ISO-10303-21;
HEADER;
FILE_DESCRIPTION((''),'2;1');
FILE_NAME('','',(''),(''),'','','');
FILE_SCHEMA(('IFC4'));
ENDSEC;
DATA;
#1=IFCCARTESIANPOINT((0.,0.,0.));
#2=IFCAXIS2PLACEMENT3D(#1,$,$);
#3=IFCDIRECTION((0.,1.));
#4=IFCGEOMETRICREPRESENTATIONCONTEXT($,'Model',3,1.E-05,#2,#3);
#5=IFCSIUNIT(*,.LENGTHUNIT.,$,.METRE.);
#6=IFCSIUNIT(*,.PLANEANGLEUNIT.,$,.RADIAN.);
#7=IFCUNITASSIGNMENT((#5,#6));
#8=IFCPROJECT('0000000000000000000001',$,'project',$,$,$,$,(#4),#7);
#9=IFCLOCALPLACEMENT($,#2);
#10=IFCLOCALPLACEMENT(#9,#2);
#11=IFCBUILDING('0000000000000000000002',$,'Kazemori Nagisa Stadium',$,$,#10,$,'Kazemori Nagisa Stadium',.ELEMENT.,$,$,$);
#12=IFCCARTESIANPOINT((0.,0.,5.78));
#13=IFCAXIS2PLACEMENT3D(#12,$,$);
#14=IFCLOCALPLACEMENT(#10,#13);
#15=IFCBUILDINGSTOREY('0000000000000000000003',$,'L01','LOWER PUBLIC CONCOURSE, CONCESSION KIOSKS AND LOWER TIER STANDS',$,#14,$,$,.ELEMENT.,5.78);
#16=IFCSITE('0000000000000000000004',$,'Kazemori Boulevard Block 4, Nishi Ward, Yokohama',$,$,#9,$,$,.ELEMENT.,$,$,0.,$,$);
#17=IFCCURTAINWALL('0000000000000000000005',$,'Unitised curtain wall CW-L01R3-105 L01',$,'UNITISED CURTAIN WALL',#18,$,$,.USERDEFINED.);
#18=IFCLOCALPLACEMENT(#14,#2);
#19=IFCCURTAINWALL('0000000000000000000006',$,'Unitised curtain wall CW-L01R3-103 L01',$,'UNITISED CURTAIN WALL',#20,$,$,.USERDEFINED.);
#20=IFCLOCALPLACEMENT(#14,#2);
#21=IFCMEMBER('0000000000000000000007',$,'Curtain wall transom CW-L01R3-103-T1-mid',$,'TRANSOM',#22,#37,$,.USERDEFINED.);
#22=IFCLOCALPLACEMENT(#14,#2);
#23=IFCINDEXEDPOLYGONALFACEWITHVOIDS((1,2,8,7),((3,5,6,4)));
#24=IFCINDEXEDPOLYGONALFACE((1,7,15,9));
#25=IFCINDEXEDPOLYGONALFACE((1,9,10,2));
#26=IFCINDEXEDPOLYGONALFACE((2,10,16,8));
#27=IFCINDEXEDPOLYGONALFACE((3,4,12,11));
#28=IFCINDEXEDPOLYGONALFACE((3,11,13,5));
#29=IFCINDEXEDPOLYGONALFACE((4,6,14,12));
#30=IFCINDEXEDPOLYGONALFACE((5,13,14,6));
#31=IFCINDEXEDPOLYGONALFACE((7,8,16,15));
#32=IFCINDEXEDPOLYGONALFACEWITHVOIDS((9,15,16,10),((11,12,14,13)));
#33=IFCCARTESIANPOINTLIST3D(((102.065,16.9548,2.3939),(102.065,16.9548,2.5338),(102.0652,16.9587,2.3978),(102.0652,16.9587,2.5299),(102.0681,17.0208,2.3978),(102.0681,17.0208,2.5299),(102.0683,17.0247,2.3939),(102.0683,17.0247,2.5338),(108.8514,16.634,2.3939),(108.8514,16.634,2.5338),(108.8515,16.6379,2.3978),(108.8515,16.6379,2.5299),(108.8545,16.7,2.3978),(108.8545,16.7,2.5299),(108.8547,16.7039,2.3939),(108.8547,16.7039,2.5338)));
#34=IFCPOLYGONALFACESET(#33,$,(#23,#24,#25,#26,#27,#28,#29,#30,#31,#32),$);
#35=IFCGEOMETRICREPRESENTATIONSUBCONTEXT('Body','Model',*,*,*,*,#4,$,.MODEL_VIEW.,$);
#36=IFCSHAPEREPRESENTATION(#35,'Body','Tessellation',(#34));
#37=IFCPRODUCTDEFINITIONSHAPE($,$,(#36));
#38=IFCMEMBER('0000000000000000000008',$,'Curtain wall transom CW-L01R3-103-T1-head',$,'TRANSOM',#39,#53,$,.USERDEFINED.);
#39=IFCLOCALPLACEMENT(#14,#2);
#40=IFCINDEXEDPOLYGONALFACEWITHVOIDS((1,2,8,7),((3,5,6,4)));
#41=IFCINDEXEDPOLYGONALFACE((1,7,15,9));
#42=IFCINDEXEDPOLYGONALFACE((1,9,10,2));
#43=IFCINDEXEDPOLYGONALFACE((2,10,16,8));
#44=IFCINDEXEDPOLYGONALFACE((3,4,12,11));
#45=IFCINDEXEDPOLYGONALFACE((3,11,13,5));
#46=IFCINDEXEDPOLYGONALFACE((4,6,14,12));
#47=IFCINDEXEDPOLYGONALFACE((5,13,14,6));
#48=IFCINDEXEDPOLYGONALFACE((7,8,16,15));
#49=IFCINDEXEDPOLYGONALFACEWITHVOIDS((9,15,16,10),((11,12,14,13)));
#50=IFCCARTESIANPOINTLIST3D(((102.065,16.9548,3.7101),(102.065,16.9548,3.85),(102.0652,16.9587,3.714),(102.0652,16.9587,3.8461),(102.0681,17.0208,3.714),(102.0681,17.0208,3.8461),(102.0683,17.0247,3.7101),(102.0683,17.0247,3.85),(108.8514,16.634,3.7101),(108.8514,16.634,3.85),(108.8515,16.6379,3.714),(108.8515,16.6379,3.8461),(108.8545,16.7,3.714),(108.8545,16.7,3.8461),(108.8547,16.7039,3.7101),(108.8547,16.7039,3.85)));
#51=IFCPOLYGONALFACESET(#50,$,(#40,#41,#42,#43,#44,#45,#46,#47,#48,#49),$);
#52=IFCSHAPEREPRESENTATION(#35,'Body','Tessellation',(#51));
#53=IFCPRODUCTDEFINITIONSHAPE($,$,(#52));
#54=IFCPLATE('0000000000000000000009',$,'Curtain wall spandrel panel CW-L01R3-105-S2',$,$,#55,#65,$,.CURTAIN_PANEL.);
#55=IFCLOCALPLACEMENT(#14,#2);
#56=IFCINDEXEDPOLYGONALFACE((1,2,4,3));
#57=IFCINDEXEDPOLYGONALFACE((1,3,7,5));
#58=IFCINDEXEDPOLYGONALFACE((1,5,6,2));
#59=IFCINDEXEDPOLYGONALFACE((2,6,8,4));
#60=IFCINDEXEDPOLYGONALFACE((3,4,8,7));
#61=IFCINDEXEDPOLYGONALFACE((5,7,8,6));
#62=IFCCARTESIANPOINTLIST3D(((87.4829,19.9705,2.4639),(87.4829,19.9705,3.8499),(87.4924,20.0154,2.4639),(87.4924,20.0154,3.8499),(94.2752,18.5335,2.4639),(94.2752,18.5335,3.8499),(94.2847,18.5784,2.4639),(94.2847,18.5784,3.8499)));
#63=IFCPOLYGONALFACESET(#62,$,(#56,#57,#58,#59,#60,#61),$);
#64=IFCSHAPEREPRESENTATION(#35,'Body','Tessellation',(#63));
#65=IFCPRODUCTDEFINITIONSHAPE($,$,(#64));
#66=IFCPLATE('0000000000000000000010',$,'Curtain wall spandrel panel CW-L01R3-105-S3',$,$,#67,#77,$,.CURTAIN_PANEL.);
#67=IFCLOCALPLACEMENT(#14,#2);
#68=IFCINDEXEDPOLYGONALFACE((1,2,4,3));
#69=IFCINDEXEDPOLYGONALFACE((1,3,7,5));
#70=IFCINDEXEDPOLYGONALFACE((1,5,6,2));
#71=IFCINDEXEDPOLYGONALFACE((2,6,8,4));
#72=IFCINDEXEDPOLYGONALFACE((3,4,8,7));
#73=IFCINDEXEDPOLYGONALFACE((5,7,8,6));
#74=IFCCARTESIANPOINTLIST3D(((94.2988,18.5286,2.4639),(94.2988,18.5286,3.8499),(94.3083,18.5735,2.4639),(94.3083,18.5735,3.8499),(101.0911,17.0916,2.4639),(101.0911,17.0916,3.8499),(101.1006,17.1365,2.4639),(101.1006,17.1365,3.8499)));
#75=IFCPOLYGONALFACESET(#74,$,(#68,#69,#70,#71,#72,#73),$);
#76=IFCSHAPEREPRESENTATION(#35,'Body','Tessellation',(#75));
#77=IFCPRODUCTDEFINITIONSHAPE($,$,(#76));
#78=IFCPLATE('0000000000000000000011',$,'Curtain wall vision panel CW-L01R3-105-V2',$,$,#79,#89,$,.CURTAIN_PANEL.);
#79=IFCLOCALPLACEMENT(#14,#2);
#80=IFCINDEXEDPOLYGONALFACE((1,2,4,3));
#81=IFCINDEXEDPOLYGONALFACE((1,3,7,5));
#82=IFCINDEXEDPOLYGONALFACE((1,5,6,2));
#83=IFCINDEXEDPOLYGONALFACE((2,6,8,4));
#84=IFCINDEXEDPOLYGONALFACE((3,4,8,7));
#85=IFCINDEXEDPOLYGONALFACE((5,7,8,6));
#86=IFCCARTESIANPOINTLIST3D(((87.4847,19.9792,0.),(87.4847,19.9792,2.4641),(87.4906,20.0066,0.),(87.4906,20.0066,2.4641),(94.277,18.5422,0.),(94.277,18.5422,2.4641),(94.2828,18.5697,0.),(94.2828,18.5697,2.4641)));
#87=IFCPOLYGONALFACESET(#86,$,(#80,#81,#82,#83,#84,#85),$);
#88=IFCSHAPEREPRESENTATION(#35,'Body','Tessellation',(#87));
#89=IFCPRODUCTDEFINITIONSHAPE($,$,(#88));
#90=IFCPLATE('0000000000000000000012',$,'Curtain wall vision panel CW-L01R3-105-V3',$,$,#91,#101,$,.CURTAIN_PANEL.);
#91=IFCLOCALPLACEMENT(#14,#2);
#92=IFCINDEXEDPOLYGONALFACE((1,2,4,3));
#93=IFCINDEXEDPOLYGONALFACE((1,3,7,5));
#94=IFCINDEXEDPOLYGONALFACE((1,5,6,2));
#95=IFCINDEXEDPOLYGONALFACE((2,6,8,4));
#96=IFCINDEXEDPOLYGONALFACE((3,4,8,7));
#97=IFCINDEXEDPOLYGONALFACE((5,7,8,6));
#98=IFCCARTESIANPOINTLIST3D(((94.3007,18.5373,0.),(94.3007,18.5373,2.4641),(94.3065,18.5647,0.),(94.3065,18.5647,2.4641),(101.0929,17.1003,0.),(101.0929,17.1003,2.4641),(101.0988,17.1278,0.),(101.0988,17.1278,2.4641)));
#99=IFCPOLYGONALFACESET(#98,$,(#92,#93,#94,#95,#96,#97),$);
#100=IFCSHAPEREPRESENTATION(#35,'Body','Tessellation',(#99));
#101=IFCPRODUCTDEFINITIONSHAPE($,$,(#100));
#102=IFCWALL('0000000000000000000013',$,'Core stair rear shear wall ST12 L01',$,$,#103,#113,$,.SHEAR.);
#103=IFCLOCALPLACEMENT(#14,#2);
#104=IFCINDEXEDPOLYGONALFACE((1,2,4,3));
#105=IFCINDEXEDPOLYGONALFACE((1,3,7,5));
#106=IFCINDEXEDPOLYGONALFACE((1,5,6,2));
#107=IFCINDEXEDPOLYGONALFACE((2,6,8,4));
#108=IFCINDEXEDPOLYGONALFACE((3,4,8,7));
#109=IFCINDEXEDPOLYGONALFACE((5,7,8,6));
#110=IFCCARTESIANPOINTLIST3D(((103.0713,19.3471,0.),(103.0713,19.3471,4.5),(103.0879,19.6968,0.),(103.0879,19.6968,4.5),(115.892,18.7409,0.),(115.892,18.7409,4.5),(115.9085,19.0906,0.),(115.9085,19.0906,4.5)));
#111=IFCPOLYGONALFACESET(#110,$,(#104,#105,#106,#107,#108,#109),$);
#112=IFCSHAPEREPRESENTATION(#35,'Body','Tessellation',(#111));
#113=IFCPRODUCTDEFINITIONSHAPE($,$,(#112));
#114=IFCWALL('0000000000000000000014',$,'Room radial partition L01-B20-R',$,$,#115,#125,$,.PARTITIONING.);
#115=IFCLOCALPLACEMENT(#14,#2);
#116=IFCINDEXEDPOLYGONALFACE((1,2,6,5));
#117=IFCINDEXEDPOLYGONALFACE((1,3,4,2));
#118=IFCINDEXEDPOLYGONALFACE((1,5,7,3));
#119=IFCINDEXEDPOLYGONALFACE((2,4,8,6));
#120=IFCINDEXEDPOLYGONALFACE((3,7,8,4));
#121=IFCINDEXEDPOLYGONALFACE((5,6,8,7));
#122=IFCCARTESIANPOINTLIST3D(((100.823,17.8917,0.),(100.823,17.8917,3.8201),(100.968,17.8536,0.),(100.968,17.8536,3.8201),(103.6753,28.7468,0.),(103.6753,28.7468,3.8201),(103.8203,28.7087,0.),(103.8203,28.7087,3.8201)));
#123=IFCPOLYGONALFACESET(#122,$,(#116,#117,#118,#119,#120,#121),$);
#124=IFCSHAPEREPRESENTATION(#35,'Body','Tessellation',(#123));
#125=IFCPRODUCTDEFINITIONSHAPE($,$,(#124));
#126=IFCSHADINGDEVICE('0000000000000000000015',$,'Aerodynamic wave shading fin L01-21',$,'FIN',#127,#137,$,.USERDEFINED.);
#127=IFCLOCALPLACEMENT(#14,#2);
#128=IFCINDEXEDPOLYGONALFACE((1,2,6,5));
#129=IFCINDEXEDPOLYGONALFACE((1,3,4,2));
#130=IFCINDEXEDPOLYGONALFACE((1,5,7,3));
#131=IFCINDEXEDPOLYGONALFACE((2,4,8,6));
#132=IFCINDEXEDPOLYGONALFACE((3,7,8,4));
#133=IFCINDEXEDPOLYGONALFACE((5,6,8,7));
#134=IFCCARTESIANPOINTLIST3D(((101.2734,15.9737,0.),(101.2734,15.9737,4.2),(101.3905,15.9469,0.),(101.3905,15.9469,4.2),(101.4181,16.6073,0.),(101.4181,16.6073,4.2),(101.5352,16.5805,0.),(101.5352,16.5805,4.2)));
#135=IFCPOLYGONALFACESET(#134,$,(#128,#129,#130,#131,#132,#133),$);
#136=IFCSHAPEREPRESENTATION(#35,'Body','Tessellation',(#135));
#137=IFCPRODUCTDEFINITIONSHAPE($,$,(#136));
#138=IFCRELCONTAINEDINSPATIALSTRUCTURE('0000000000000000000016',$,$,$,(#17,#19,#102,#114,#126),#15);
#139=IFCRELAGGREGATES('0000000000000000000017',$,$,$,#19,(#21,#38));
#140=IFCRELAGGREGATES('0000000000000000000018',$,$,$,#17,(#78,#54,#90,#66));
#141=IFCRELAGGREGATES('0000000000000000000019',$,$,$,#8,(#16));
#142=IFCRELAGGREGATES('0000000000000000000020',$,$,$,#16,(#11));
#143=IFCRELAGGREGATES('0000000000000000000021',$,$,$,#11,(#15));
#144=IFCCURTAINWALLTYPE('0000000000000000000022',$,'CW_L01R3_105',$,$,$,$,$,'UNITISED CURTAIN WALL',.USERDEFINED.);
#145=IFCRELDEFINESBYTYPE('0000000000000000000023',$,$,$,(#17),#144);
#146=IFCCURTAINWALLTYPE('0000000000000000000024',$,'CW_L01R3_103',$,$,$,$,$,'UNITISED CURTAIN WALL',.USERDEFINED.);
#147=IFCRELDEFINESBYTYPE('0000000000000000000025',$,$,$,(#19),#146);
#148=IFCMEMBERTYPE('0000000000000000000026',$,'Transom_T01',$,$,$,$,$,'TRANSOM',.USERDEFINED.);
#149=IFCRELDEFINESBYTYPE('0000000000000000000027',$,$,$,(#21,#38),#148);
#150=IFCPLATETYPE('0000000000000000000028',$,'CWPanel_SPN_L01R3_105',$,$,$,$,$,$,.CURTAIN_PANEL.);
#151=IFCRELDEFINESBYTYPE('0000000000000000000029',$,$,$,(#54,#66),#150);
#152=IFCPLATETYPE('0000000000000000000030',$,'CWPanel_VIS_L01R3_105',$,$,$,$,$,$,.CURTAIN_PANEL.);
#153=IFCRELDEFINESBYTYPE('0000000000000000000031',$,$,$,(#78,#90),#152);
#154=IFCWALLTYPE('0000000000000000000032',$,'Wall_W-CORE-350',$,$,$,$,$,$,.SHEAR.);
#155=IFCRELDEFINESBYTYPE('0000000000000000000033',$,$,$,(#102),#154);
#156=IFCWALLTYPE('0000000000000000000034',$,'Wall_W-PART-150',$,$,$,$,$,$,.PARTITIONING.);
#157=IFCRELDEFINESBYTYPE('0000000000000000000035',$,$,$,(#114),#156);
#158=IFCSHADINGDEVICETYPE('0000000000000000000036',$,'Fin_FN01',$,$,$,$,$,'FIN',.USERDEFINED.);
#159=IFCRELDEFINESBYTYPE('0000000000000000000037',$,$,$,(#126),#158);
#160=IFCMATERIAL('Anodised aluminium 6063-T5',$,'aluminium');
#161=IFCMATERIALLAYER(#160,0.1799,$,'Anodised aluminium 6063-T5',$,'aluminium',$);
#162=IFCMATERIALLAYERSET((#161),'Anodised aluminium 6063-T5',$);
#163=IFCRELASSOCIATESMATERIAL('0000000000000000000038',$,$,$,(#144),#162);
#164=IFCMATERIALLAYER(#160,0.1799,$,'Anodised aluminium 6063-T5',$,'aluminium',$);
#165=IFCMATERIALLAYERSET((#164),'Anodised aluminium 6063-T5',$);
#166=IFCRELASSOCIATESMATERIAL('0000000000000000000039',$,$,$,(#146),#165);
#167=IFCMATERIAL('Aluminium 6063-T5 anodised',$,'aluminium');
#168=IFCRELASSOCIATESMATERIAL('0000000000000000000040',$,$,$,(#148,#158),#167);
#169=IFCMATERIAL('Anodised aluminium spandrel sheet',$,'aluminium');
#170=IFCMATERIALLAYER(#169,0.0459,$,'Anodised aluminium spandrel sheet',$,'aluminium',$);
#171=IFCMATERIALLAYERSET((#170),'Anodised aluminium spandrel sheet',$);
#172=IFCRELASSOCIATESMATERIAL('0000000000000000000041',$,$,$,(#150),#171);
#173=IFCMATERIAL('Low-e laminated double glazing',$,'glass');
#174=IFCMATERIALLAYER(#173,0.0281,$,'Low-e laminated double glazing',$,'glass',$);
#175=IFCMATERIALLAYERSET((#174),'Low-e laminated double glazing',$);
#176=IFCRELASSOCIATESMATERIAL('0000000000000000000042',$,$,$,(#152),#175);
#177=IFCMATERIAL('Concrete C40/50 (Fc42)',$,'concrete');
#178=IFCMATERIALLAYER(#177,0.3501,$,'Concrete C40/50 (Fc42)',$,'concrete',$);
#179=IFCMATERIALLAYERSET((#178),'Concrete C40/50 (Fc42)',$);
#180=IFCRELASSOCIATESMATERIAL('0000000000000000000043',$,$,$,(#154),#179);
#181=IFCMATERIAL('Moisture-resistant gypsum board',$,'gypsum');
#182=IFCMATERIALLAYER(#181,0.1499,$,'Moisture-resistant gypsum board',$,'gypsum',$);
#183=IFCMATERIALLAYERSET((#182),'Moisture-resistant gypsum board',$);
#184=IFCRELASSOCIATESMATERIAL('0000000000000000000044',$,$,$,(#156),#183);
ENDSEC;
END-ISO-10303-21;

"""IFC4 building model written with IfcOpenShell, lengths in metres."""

from ifc_helpers import new_model, si_unit, direction, frame, frame_2d, origin, origin_2d, place, context, subcontext, project, spatial, rectangle, hollow_rectangle, extrude, material, layer, layer_set, material_profile, profile_set, type_object, element, aggregate, save


model = new_model("IFC4")

# Units and contexts
model_context = context("Model", 3, precision=1e-05, world=origin(), true_north=direction((0.0, 1.0)))
body_context = subcontext(model_context, "Body", "Model", "MODEL_VIEW")
ifc_project = project(units=[si_unit("LENGTHUNIT", "METRE"), si_unit("PLANEANGLEUNIT", "RADIAN")], contexts=[model_context])

# Site, building, storey
site_placement = place(None, origin())
site = spatial("IfcSite", under=ifc_project, at=site_placement, Name="Kazemori Boulevard Block 4, Nishi Ward, Yokohama", CompositionType="ELEMENT", RefElevation=0.0)
building_placement = place(site_placement, origin())
building = spatial("IfcBuilding", under=site, at=building_placement, Name="Kazemori Nagisa Stadium", LongName="Kazemori Nagisa Stadium", CompositionType="ELEMENT")
storey_placement = place(building_placement, frame((0.0, 0.0, 5.78)))
storey = spatial("IfcBuildingStorey", under=building, at=storey_placement, Name="L01", Description="LOWER PUBLIC CONCOURSE, CONCESSION KIOSKS AND LOWER TIER STANDS", CompositionType="ELEMENT", Elevation=5.78)

# Shared definitions
ifc_material_1 = material(Name="Concrete C40/50 (Fc42)", Category="concrete")

# Curtain wall
ifc_material_2 = material(Name="Anodised aluminium 6063-T5", Category="aluminium")
ifc_layer_1 = layer(ifc_material_2, 0.1799, Name="Anodised aluminium 6063-T5", Category="aluminium")
ifc_layer_set_1 = layer_set([ifc_layer_1], Name="Anodised aluminium 6063-T5")
curtain_wall_type_1 = type_object("IfcCurtainWallType", Name="CW_L01R3_105", ElementType="UNITISED CURTAIN WALL", PredefinedType="USERDEFINED", material=ifc_layer_set_1)
curtain_wall_1_placement = place(storey_placement, origin())
curtain_wall_1 = element("IfcCurtainWall", 1, at=curtain_wall_1_placement, inside=storey, type_object=curtain_wall_type_1, Name="Unitised curtain wall CW-L01R3-105 L01", ObjectType="UNITISED CURTAIN WALL", PredefinedType="USERDEFINED")
ifc_material_3 = material(Name="Aluminium 6063-T5 anodised", Category="aluminium")

# Curtain wall
ifc_layer_2 = layer(ifc_material_2, 0.1799, Name="Anodised aluminium 6063-T5", Category="aluminium")
ifc_layer_set_2 = layer_set([ifc_layer_2], Name="Anodised aluminium 6063-T5")
curtain_wall_type_2 = type_object("IfcCurtainWallType", Name="CW_L01R3_103", ElementType="UNITISED CURTAIN WALL", PredefinedType="USERDEFINED", material=ifc_layer_set_2)
curtain_wall_2_placement = place(storey_placement, origin())
curtain_wall_2 = element("IfcCurtainWall", 2, at=curtain_wall_2_placement, inside=storey, type_object=curtain_wall_type_2, Name="Unitised curtain wall CW-L01R3-103 L01", ObjectType="UNITISED CURTAIN WALL", PredefinedType="USERDEFINED")

# Members
ifc_material_profile_1 = material_profile(ifc_material_3, hollow_rectangle(XDim=0.0701, YDim=0.1399, WallThickness=0.0039, at=origin_2d()), Name="ALU-TRAN-70x140x4")
ifc_profile_set_1 = profile_set([ifc_material_profile_1], Name="Aluminium 6063-T5 anodised")
member_type_1 = type_object("IfcMemberType", Name="Transom_T01", ElementType="TRANSOM", PredefinedType="USERDEFINED", material=ifc_profile_set_1)
member_1_placement = place(storey_placement, frame((102.0667, 16.9897, 2.4639), z_axis=(0.998885, -0.047219, 0.0), x_axis=(0.047219, 0.998885, 0.0)))
member_1 = element("IfcMember", 3, at=member_1_placement, type_object=member_type_1, Name="Curtain wall transom CW-L01R3-103-T1-mid", ObjectType="TRANSOM", PredefinedType="USERDEFINED", context=body_context, shape_type="SweptSolid", body=[
    extrude(hollow_rectangle(XDim=0.0701, YDim=0.1399, WallThickness=0.0039, at=origin_2d()), origin(), (0.0, 0.0, 1.0), 6.7939),
])
member_2_placement = place(storey_placement, frame((102.0667, 16.9897, 3.78), z_axis=(0.998885, -0.047219, 0.0), x_axis=(0.047219, 0.998885, 0.0)))
member_2 = element("IfcMember", 4, at=member_2_placement, type_object=member_type_1, Name="Curtain wall transom CW-L01R3-103-T1-head", ObjectType="TRANSOM", PredefinedType="USERDEFINED", context=body_context, shape_type="SweptSolid", body=[
    extrude(hollow_rectangle(XDim=0.0701, YDim=0.1399, WallThickness=0.0039, at=origin_2d()), origin(), (0.0, 0.0, 1.0), 6.7939),
])
aggregate(curtain_wall_2, [member_1, member_2])

# Plates
ifc_material_4 = material(Name="Anodised aluminium spandrel sheet", Category="aluminium")
ifc_layer_3 = layer(ifc_material_4, 0.0459, Name="Anodised aluminium spandrel sheet", Category="aluminium")
ifc_layer_set_3 = layer_set([ifc_layer_3], Name="Anodised aluminium spandrel sheet")
plate_type_1 = type_object("IfcPlateType", Name="CWPanel_SPN_L01R3_105", PredefinedType="CURTAIN_PANEL", material=ifc_layer_set_3)
plate_1_placement = place(storey_placement, frame((90.8838, 19.2744, 2.4639), z_axis=(0.0, 0.0, 1.0), x_axis=(0.978345, -0.206981, 0.0)))
plate_1 = element("IfcPlate", 5, at=plate_1_placement, type_object=plate_type_1, Name="Curtain wall spandrel panel CW-L01R3-105-S2", PredefinedType="CURTAIN_PANEL", context=body_context, shape_type="SweptSolid", body=[
    extrude(rectangle(XDim=6.9426, YDim=0.0459, at=origin_2d()), origin(), (0.0, 0.0, 1.0), 1.386),
])
plate_2_placement = place(storey_placement, frame((97.6997, 17.8325, 2.4639), z_axis=(0.0, 0.0, 1.0), x_axis=(0.978345, -0.206981, 0.0)))
plate_2 = element("IfcPlate", 6, at=plate_2_placement, type_object=plate_type_1, Name="Curtain wall spandrel panel CW-L01R3-105-S3", PredefinedType="CURTAIN_PANEL", context=body_context, shape_type="SweptSolid", body=[
    extrude(rectangle(XDim=6.9426, YDim=0.0459, at=origin_2d()), origin(), (0.0, 0.0, 1.0), 1.386),
])
ifc_material_5 = material(Name="Low-e laminated double glazing", Category="glass")
ifc_layer_4 = layer(ifc_material_5, 0.0281, Name="Low-e laminated double glazing", Category="glass")
ifc_layer_set_4 = layer_set([ifc_layer_4], Name="Low-e laminated double glazing")
plate_type_2 = type_object("IfcPlateType", Name="CWPanel_VIS_L01R3_105", PredefinedType="CURTAIN_PANEL", material=ifc_layer_set_4)
plate_3_placement = place(storey_placement, frame((90.8838, 19.2744, 0.0), z_axis=(0.0, 0.0, 1.0), x_axis=(0.978345, -0.206981, 0.0)))
plate_3 = element("IfcPlate", 7, at=plate_3_placement, type_object=plate_type_2, Name="Curtain wall vision panel CW-L01R3-105-V2", PredefinedType="CURTAIN_PANEL", context=body_context, shape_type="SweptSolid", body=[
    extrude(rectangle(XDim=6.9426, YDim=0.0281, at=origin_2d()), origin(), (0.0, 0.0, 1.0), 2.4641),
])
plate_4_placement = place(storey_placement, frame((97.6997, 17.8325, 0.0), z_axis=(0.0, 0.0, 1.0), x_axis=(0.978345, -0.206981, 0.0)))
plate_4 = element("IfcPlate", 8, at=plate_4_placement, type_object=plate_type_2, Name="Curtain wall vision panel CW-L01R3-105-V3", PredefinedType="CURTAIN_PANEL", context=body_context, shape_type="SweptSolid", body=[
    extrude(rectangle(XDim=6.9426, YDim=0.0281, at=origin_2d()), origin(), (0.0, 0.0, 1.0), 2.4641),
])
aggregate(curtain_wall_1, [plate_3, plate_1, plate_4, plate_2])

# Walls
ifc_layer_5 = layer(ifc_material_1, 0.3501, Name="Concrete C40/50 (Fc42)", Category="concrete")
ifc_layer_set_5 = layer_set([ifc_layer_5], Name="Concrete C40/50 (Fc42)")
wall_type_1 = type_object("IfcWallType", Name="Wall_W-CORE-350", PredefinedType="SHEAR", material=ifc_layer_set_5)
wall_1_placement = place(storey_placement, frame((103.0796, 19.522, 0.0), z_axis=(0.0, 0.0, 1.0), x_axis=(0.998884, -0.047231, 0.0)))
element("IfcWall", 9, at=wall_1_placement, inside=storey, type_object=wall_type_1, Name="Core stair rear shear wall ST12 L01", PredefinedType="SHEAR", context=body_context, shape_type="SweptSolid", body=[
    extrude(rectangle(XDim=12.835, YDim=0.3501, at=frame_2d((6.4175, 0.0))), origin(), (0.0, 0.0, 1.0), 4.5),
])
ifc_material_6 = material(Name="Moisture-resistant gypsum board", Category="gypsum")
ifc_layer_6 = layer(ifc_material_6, 0.1499, Name="Moisture-resistant gypsum board", Category="gypsum")
ifc_layer_set_6 = layer_set([ifc_layer_6], Name="Moisture-resistant gypsum board")
wall_type_2 = type_object("IfcWallType", Name="Wall_W-PART-150", PredefinedType="PARTITIONING", material=ifc_layer_set_6)
wall_2_placement = place(storey_placement, frame((103.7478, 28.7278, 0.0), z_axis=(0.0, 0.0, 1.0), x_axis=(-0.254131, -0.96717, 0.0)))
element("IfcWall", 10, at=wall_2_placement, inside=storey, type_object=wall_type_2, Name="Room radial partition L01-B20-R", PredefinedType="PARTITIONING", context=body_context, shape_type="SweptSolid", body=[
    extrude(rectangle(XDim=11.2236, YDim=0.1499, at=frame_2d((5.6118, 0.0))), origin(), (0.0, 0.0, 1.0), 3.8201),
])

# Shading device
shading_device_type = type_object("IfcShadingDeviceType", Name="Fin_FN01", ElementType="FIN", PredefinedType="USERDEFINED", material=ifc_material_3)
shading_device_placement = place(storey_placement, frame((101.4043, 16.2771, 0.0), z_axis=(0.0, 0.0, 1.0), x_axis=(-0.222521, -0.974928, 0.0)))
element("IfcShadingDevice", 11, at=shading_device_placement, inside=storey, type_object=shading_device_type, Name="Aerodynamic wave shading fin L01-21", ObjectType="FIN", PredefinedType="USERDEFINED", context=body_context, shape_type="SweptSolid", body=[
    extrude(rectangle(XDim=0.6499, YDim=0.1201, at=origin_2d()), origin(), (0.0, 0.0, 1.0), 4.2),
])

save(model, "model.ifc")
